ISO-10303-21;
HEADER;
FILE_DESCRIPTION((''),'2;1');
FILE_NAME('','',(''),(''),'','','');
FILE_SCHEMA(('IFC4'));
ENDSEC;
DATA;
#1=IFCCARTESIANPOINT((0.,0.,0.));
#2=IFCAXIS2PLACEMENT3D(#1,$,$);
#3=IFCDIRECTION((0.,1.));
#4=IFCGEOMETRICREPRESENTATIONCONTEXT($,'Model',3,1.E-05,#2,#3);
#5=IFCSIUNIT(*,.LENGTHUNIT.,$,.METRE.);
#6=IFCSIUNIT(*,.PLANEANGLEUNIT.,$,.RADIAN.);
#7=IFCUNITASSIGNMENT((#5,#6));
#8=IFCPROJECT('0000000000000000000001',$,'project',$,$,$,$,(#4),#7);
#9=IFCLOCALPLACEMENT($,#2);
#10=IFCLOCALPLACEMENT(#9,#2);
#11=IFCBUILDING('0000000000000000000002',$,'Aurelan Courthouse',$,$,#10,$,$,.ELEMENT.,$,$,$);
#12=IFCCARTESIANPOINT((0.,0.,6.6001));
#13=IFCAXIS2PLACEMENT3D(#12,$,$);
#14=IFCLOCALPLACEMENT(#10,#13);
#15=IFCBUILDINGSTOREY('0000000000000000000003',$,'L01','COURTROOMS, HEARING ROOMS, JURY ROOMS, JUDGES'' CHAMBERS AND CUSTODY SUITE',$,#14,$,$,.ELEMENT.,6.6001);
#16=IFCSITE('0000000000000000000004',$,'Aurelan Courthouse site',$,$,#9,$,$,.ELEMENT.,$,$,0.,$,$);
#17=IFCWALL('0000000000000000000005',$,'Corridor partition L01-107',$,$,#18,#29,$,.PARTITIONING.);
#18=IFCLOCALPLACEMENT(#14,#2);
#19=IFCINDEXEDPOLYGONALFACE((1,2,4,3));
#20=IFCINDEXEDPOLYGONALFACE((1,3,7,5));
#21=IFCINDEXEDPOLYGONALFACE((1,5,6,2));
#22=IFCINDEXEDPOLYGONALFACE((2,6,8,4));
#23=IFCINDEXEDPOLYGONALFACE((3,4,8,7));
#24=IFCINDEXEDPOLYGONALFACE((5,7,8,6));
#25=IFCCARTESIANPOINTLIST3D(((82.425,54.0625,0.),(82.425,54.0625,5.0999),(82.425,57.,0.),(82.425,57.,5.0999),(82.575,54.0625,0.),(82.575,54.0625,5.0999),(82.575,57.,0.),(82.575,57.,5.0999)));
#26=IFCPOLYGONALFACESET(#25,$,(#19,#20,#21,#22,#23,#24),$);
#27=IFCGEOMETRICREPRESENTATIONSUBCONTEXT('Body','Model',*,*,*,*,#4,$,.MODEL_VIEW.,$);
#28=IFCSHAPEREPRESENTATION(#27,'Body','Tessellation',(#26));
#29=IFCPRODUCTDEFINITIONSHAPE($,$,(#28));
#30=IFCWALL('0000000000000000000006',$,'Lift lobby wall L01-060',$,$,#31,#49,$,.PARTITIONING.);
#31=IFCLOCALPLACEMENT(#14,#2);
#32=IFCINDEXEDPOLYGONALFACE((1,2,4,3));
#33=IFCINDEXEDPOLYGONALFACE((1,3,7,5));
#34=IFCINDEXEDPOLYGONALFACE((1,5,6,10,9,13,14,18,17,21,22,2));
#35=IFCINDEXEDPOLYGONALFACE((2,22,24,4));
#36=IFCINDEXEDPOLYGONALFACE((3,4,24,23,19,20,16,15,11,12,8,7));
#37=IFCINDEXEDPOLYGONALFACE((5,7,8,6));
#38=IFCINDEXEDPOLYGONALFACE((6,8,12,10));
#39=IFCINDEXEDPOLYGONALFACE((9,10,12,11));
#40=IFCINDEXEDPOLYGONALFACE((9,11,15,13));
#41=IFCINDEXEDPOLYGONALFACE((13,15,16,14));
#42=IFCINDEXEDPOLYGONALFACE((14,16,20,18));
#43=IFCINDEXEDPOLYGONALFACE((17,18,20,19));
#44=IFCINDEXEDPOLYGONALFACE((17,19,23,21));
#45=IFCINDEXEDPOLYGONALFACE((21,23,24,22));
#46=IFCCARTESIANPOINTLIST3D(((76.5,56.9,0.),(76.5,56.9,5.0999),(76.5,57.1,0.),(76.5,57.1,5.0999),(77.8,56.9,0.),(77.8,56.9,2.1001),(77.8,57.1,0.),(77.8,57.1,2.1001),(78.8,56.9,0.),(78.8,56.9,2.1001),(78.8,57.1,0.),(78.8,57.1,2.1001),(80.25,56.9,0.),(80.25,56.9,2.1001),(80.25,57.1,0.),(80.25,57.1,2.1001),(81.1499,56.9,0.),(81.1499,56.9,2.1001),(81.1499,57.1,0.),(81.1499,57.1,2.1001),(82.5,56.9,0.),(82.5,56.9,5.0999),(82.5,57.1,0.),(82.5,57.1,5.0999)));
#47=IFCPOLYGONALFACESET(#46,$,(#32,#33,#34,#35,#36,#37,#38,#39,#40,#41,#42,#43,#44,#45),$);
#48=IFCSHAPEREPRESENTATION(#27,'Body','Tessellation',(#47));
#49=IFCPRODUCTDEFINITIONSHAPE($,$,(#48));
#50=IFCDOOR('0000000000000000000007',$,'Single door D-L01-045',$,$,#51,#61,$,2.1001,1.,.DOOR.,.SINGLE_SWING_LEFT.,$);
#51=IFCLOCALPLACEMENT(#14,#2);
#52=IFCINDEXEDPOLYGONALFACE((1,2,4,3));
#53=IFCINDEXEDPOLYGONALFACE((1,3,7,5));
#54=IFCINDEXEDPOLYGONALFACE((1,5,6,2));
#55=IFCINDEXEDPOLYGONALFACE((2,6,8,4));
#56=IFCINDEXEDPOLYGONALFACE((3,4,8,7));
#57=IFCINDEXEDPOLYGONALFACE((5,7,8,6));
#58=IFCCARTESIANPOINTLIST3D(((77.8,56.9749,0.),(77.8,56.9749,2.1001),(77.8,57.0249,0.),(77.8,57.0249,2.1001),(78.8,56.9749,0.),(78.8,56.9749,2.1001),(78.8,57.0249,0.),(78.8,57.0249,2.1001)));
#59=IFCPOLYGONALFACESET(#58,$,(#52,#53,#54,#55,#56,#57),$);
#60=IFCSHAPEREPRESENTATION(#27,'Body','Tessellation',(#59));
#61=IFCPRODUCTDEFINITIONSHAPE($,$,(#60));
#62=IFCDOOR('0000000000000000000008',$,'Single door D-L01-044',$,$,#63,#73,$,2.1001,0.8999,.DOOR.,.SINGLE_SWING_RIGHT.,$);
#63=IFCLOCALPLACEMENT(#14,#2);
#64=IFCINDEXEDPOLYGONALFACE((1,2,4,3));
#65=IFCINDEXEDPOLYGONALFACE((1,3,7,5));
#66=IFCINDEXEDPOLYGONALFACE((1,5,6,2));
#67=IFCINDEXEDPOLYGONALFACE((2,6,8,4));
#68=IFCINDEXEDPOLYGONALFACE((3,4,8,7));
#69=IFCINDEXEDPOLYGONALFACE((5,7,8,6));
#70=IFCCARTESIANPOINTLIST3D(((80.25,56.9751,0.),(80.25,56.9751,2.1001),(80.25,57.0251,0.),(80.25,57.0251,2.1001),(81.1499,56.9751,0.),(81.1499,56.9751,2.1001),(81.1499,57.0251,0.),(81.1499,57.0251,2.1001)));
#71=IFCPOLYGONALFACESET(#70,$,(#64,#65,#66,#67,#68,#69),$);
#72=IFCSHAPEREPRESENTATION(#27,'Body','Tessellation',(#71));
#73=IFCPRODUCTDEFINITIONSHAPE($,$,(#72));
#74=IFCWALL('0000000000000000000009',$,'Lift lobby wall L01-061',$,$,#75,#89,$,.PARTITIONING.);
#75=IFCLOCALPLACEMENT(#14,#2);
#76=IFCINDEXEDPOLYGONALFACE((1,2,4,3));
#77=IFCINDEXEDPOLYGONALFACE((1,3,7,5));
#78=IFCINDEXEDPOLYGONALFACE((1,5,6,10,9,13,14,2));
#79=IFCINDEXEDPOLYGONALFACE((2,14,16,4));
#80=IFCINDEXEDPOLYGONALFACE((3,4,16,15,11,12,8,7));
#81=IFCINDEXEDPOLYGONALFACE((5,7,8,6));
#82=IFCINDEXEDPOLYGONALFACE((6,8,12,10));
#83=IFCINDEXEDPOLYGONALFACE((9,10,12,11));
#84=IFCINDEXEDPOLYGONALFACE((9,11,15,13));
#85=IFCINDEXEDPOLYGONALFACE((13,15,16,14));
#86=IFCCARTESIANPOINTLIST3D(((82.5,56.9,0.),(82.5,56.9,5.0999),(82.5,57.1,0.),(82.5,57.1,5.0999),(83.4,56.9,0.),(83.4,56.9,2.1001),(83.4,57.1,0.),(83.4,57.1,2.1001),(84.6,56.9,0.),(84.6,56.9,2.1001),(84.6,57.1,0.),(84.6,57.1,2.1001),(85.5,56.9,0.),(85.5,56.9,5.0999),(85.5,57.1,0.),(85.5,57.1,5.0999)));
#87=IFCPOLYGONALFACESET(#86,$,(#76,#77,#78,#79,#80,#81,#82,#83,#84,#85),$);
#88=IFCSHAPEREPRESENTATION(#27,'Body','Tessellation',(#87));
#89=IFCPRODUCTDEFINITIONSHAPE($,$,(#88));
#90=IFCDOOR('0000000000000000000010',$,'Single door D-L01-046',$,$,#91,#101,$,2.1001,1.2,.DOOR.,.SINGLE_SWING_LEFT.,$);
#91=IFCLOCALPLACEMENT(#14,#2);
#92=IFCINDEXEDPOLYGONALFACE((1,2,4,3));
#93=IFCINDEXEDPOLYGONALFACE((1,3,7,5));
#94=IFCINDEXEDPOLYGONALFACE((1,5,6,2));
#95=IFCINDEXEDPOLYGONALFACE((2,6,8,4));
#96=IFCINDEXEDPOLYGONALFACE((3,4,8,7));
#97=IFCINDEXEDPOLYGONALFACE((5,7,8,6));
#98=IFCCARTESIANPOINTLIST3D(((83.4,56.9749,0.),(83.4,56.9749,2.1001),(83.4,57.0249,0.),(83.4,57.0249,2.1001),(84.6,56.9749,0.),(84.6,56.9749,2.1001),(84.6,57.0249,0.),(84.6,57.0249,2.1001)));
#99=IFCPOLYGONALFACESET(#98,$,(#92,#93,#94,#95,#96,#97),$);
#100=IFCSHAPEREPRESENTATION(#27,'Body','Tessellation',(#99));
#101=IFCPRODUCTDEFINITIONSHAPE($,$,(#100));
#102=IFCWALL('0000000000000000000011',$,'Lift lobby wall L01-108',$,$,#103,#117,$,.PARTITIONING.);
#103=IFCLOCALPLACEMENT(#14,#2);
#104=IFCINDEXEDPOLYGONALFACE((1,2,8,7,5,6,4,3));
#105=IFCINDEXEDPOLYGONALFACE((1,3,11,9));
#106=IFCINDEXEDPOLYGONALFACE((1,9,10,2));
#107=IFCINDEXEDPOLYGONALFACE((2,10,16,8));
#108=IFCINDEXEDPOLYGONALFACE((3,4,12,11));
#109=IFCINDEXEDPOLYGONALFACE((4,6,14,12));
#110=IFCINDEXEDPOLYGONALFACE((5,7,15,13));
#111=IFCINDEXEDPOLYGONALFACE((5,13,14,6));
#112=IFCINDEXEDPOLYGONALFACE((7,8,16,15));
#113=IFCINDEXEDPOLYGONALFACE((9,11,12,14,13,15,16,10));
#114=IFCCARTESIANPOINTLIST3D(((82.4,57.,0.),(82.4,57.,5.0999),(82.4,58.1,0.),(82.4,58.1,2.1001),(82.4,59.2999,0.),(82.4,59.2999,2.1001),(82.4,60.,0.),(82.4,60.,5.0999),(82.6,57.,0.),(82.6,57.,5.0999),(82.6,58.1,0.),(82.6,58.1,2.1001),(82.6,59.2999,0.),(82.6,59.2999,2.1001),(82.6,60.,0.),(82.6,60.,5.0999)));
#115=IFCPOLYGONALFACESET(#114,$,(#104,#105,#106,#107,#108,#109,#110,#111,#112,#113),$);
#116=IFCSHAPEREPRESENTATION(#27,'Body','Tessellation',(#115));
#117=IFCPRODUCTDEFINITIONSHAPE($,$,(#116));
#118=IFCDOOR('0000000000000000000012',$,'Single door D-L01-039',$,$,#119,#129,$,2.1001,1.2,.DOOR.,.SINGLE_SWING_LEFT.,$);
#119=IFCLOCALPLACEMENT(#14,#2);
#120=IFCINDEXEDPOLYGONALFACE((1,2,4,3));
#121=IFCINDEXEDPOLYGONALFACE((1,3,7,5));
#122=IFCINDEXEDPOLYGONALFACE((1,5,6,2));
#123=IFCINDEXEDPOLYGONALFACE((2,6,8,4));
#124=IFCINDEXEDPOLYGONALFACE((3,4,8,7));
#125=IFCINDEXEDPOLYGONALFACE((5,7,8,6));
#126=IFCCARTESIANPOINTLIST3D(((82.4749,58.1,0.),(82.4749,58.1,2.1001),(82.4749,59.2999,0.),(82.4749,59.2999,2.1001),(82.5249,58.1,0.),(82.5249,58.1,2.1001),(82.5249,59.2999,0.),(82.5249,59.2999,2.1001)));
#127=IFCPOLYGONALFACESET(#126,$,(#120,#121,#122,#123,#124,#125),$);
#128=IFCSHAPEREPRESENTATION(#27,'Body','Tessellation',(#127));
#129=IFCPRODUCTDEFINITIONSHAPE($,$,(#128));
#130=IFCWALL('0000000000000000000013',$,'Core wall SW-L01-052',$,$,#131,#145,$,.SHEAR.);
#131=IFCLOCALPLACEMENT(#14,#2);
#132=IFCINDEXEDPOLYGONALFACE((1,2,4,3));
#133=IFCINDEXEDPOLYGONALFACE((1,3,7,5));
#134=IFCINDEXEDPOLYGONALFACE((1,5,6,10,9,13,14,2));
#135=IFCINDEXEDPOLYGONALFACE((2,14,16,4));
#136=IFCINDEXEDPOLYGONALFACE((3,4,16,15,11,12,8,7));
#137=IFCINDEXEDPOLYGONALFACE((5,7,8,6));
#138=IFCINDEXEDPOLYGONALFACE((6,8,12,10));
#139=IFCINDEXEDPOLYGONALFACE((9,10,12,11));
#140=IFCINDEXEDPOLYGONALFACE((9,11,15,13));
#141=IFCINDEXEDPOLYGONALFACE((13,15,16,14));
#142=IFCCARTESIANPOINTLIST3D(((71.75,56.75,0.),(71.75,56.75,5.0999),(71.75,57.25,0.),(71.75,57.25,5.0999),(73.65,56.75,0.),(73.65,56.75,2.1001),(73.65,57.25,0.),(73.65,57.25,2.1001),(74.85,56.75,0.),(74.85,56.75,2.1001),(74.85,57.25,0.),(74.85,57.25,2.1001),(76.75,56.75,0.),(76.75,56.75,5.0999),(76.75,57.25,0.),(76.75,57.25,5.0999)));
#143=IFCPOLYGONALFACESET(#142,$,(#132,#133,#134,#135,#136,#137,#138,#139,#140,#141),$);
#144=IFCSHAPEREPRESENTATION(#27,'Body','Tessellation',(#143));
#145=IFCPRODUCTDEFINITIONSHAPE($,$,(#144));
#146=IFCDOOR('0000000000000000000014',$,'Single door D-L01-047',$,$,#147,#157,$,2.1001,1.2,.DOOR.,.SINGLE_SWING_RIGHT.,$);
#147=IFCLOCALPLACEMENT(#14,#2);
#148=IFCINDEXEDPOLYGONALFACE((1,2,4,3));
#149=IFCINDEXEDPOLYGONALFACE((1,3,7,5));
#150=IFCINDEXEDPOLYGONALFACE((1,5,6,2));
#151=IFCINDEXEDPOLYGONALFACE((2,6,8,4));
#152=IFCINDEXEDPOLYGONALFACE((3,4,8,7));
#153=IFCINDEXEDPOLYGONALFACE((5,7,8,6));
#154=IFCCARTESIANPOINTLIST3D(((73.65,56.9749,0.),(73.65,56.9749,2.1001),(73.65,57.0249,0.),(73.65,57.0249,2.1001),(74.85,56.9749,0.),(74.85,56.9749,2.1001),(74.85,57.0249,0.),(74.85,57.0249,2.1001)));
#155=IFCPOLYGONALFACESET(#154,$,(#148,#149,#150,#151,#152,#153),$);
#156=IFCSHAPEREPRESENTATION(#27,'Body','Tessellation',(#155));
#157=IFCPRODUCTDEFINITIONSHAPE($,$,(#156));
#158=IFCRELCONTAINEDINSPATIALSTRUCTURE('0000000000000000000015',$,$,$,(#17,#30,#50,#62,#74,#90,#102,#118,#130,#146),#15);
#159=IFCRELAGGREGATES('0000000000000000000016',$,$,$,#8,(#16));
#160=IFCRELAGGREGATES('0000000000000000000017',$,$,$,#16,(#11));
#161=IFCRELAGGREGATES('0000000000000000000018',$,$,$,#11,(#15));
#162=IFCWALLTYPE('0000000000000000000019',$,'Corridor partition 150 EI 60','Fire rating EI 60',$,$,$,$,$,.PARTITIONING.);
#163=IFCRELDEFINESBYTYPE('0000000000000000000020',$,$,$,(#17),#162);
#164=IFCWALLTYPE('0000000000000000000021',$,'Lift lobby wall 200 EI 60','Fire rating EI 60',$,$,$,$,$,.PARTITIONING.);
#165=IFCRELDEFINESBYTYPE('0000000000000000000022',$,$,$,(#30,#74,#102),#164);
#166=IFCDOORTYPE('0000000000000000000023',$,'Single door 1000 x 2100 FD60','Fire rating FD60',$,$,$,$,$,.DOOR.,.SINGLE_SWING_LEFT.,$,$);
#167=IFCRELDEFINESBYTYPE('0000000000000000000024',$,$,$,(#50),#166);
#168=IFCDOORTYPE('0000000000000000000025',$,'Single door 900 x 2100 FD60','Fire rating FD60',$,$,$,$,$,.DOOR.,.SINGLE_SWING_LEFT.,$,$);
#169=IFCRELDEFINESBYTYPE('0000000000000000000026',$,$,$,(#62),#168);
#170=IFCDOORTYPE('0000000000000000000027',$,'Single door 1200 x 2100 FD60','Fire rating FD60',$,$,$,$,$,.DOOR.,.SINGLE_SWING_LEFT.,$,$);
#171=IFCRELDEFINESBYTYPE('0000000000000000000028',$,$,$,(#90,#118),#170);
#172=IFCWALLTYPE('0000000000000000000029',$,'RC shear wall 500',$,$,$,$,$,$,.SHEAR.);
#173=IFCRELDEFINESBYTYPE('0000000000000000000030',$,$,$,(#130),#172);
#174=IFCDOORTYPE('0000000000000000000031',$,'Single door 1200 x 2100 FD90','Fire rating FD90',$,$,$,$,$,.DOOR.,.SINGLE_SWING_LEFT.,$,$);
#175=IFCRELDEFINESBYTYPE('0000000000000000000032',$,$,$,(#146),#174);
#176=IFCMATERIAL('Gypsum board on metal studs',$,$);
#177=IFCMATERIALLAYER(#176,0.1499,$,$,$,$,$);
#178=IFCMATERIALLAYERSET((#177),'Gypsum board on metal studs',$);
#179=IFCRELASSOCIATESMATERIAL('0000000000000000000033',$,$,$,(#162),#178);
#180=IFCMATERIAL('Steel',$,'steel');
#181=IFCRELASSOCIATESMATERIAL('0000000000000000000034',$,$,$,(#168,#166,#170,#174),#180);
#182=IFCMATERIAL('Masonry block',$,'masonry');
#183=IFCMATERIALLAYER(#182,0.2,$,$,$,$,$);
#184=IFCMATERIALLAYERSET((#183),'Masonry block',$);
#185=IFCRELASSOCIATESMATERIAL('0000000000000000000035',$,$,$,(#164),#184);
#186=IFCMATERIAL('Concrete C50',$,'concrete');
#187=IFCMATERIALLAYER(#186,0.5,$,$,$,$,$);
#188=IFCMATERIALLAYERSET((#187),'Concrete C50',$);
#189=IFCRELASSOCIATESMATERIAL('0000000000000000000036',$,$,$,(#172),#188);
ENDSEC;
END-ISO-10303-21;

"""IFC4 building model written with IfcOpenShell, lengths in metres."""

from ifc_helpers import new_model, si_unit, direction, frame, frame_2d, origin, place, context, subcontext, project, spatial, rectangle, extrude, material, layer, layer_set, type_object, element, fill, save


model = new_model("IFC4")

# Units and contexts
model_context = context("Model", 3, precision=1e-05, world=origin(), true_north=direction((0.0, 1.0)))
body_context = subcontext(model_context, "Body", "Model", "MODEL_VIEW")
ifc_project = project(units=[si_unit("LENGTHUNIT", "METRE"), si_unit("PLANEANGLEUNIT", "RADIAN")], contexts=[model_context])

# Site, building, storey
site_placement = place(None, origin())
site = spatial("IfcSite", under=ifc_project, at=site_placement, Name="Aurelan Courthouse site", CompositionType="ELEMENT", RefElevation=0.0)
building_placement = place(site_placement, origin())
building = spatial("IfcBuilding", under=site, at=building_placement, Name="Aurelan Courthouse", CompositionType="ELEMENT")
storey_placement = place(building_placement, frame((0.0, 0.0, 6.6001)))
storey = spatial("IfcBuildingStorey", under=building, at=storey_placement, Name="L01", Description="COURTROOMS, HEARING ROOMS, JURY ROOMS, JUDGES' CHAMBERS AND CUSTODY SUITE", CompositionType="ELEMENT", Elevation=6.6001)

# Shared definitions
ifc_material_1 = material(Name="Concrete C50", Category="concrete")

# Shared definitions
ifc_material_2 = material(Name="Gypsum board on metal studs")
ifc_layer_1 = layer(ifc_material_2, 0.1499)
ifc_layer_set_1 = layer_set([ifc_layer_1], Name="Gypsum board on metal studs")
wall_type_1 = type_object("IfcWallType", Name="Corridor partition 150 EI 60", Description="Fire rating EI 60", PredefinedType="PARTITIONING", material=ifc_layer_set_1)
ifc_material_3 = material(Name="Steel", Category="steel")
door_type_1 = type_object("IfcDoorType", Name="Single door 900 x 2100 FD60", Description="Fire rating FD60", OperationType="SINGLE_SWING_LEFT", PredefinedType="DOOR", material=ifc_material_3)

# Wall
wall_1_placement = place(storey_placement, frame((82.5, 54.0625, 0.0), z_axis=(0.0, 0.0, 1.0), x_axis=(0.0, 1.0, 0.0)))
element("IfcWall", 1, at=wall_1_placement, inside=storey, type_object=wall_type_1, Name="Corridor partition L01-107", PredefinedType="PARTITIONING", context=body_context, shape_type="SweptSolid", body=[
    extrude(rectangle(XDim=2.9375, YDim=0.1499, at=frame_2d((1.4688, 0.0))), origin(), (0.0, 0.0, 1.0), 5.0999),
])

# Wall, openings, doors
ifc_material_4 = material(Name="Masonry block", Category="masonry")
ifc_layer_2 = layer(ifc_material_4, 0.2)
ifc_layer_set_2 = layer_set([ifc_layer_2], Name="Masonry block")
wall_type_2 = type_object("IfcWallType", Name="Lift lobby wall 200 EI 60", Description="Fire rating EI 60", PredefinedType="PARTITIONING", material=ifc_layer_set_2)
wall_2_placement = place(storey_placement, frame((76.5, 57.0, 0.0), z_axis=(0.0, 0.0, 1.0), x_axis=(1.0, 0.0, 0.0)))
wall_2 = element("IfcWall", 2, at=wall_2_placement, inside=storey, type_object=wall_type_2, Name="Lift lobby wall L01-060", PredefinedType="PARTITIONING", context=body_context, shape_type="SweptSolid", body=[
    extrude(rectangle(XDim=6.0, YDim=0.2, at=frame_2d((3.0, 0.0))), origin(), (0.0, 0.0, 1.0), 5.0999),
])
opening_1_placement = place(wall_2_placement, frame((4.6499, 0.0, 0.0), z_axis=(0.0, 0.0, 1.0), x_axis=(-1.0, 0.0, 0.0)))
opening_1 = element("IfcOpeningElement", 3, at=opening_1_placement, cuts=wall_2, PredefinedType="OPENING", context=body_context, shape_type="SweptSolid", body=[
    extrude(rectangle(XDim=0.8999, YDim=2.1001, at=frame_2d((0.45, 1.05))), frame((0.0, 0.1099, 0.0), z_axis=(0.0, -1.0, 0.0), x_axis=(1.0, 0.0, 0.0)), (0.0, 0.0, 1.0), 0.22),
])
opening_2_placement = place(wall_2_placement, frame((1.3, 0.0, 0.0)))
opening_2 = element("IfcOpeningElement", 4, at=opening_2_placement, cuts=wall_2, PredefinedType="OPENING", context=body_context, shape_type="SweptSolid", body=[
    extrude(rectangle(XDim=1.0, YDim=2.1001, at=frame_2d((0.5, 1.05))), frame((0.0, 0.1099, 0.0), z_axis=(0.0, -1.0, 0.0), x_axis=(1.0, 0.0, 0.0)), (0.0, 0.0, 1.0), 0.22),
])
door_type_2 = type_object("IfcDoorType", Name="Single door 1000 x 2100 FD60", Description="Fire rating FD60", OperationType="SINGLE_SWING_LEFT", PredefinedType="DOOR", material=ifc_material_3)
door_1_placement = place(opening_2_placement, origin())
door_1 = element("IfcDoor", 5, at=door_1_placement, inside=storey, type_object=door_type_2, Name="Single door D-L01-045", OperationType="SINGLE_SWING_LEFT", OverallHeight=2.1001, OverallWidth=1.0, PredefinedType="DOOR", context=body_context, shape_type="SweptSolid", body=[
    extrude(rectangle(XDim=1.0, YDim=2.1001, at=frame_2d((0.5, 1.05))), frame((0.0, 0.0249, 0.0), z_axis=(0.0, -1.0, 0.0), x_axis=(1.0, 0.0, 0.0)), (0.0, 0.0, 1.0), 0.05),
])
fill(opening_2, door_1)
door_2_placement = place(opening_1_placement, origin())
door_2 = element("IfcDoor", 6, at=door_2_placement, inside=storey, type_object=door_type_1, Name="Single door D-L01-044", OperationType="SINGLE_SWING_RIGHT", OverallHeight=2.1001, OverallWidth=0.8999, PredefinedType="DOOR", context=body_context, shape_type="SweptSolid", body=[
    extrude(rectangle(XDim=0.8999, YDim=2.1001, at=frame_2d((0.45, 1.05))), frame((0.0, 0.0249, 0.0), z_axis=(0.0, -1.0, 0.0), x_axis=(1.0, 0.0, 0.0)), (0.0, 0.0, 1.0), 0.05),
])
fill(opening_1, door_2)

# Walls, openings, doors
wall_3_placement = place(storey_placement, frame((82.5, 57.0, 0.0), z_axis=(0.0, 0.0, 1.0), x_axis=(1.0, 0.0, 0.0)))
wall_3 = element("IfcWall", 7, at=wall_3_placement, inside=storey, type_object=wall_type_2, Name="Lift lobby wall L01-061", PredefinedType="PARTITIONING", context=body_context, shape_type="SweptSolid", body=[
    extrude(rectangle(XDim=3.0, YDim=0.2, at=frame_2d((1.5, 0.0))), origin(), (0.0, 0.0, 1.0), 5.0999),
])
opening_3_placement = place(wall_3_placement, frame((0.8999, 0.0, 0.0)))
opening_3 = element("IfcOpeningElement", 8, at=opening_3_placement, cuts=wall_3, PredefinedType="OPENING", context=body_context, shape_type="SweptSolid", body=[
    extrude(rectangle(XDim=1.2, YDim=2.1001, at=frame_2d((0.6001, 1.05))), frame((0.0, 0.1099, 0.0), z_axis=(0.0, -1.0, 0.0), x_axis=(1.0, 0.0, 0.0)), (0.0, 0.0, 1.0), 0.22),
])
door_type_3 = type_object("IfcDoorType", Name="Single door 1200 x 2100 FD60", Description="Fire rating FD60", OperationType="SINGLE_SWING_LEFT", PredefinedType="DOOR", material=ifc_material_3)
door_3_placement = place(opening_3_placement, origin())
door_3 = element("IfcDoor", 9, at=door_3_placement, inside=storey, type_object=door_type_3, Name="Single door D-L01-046", OperationType="SINGLE_SWING_LEFT", OverallHeight=2.1001, OverallWidth=1.2, PredefinedType="DOOR", context=body_context, shape_type="SweptSolid", body=[
    extrude(rectangle(XDim=1.2, YDim=2.1001, at=frame_2d((0.6001, 1.05))), frame((0.0, 0.0249, 0.0), z_axis=(0.0, -1.0, 0.0), x_axis=(1.0, 0.0, 0.0)), (0.0, 0.0, 1.0), 0.05),
])
fill(opening_3, door_3)
wall_4_placement = place(storey_placement, frame((82.5, 57.0, 0.0), z_axis=(0.0, 0.0, 1.0), x_axis=(0.0, 1.0, 0.0)))
wall_4 = element("IfcWall", 10, at=wall_4_placement, inside=storey, type_object=wall_type_2, Name="Lift lobby wall L01-108", PredefinedType="PARTITIONING", context=body_context, shape_type="SweptSolid", body=[
    extrude(rectangle(XDim=3.0, YDim=0.2, at=frame_2d((1.5, 0.0))), origin(), (0.0, 0.0, 1.0), 5.0999),
])
opening_4_placement = place(wall_4_placement, frame((2.3, 0.0, 0.0), z_axis=(0.0, 0.0, 1.0), x_axis=(-1.0, 0.0, 0.0)))
opening_4 = element("IfcOpeningElement", 11, at=opening_4_placement, cuts=wall_4, PredefinedType="OPENING", context=body_context, shape_type="SweptSolid", body=[
    extrude(rectangle(XDim=1.2, YDim=2.1001, at=frame_2d((0.6001, 1.05))), frame((0.0, 0.1099, 0.0), z_axis=(0.0, -1.0, 0.0), x_axis=(1.0, 0.0, 0.0)), (0.0, 0.0, 1.0), 0.22),
])
door_4_placement = place(opening_4_placement, origin())
door_4 = element("IfcDoor", 12, at=door_4_placement, inside=storey, type_object=door_type_3, Name="Single door D-L01-039", OperationType="SINGLE_SWING_LEFT", OverallHeight=2.1001, OverallWidth=1.2, PredefinedType="DOOR", context=body_context, shape_type="SweptSolid", body=[
    extrude(rectangle(XDim=1.2, YDim=2.1001, at=frame_2d((0.6001, 1.05))), frame((0.0, 0.0249, 0.0), z_axis=(0.0, -1.0, 0.0), x_axis=(1.0, 0.0, 0.0)), (0.0, 0.0, 1.0), 0.05),
])
fill(opening_4, door_4)
ifc_layer_3 = layer(ifc_material_1, 0.5)
ifc_layer_set_3 = layer_set([ifc_layer_3], Name="Concrete C50")
wall_type_3 = type_object("IfcWallType", Name="RC shear wall 500", PredefinedType="SHEAR", material=ifc_layer_set_3)
wall_5_placement = place(storey_placement, frame((71.75, 57.0, 0.0), z_axis=(0.0, 0.0, 1.0), x_axis=(1.0, 0.0, 0.0)))
wall_5 = element("IfcWall", 13, at=wall_5_placement, inside=storey, type_object=wall_type_3, Name="Core wall SW-L01-052", PredefinedType="SHEAR", context=body_context, shape_type="SweptSolid", body=[
    extrude(rectangle(XDim=5.0, YDim=0.5, at=frame_2d((2.5, 0.0))), origin(), (0.0, 0.0, 1.0), 5.0999),
])
opening_5_placement = place(wall_5_placement, frame((1.8999, 0.0, 0.0)))
opening_5 = element("IfcOpeningElement", 14, at=opening_5_placement, cuts=wall_5, PredefinedType="OPENING", context=body_context, shape_type="SweptSolid", body=[
    extrude(rectangle(XDim=1.2, YDim=2.1001, at=frame_2d((0.6001, 1.05))), frame((0.0, 0.26, 0.0), z_axis=(0.0, -1.0, 0.0), x_axis=(1.0, 0.0, 0.0)), (0.0, 0.0, 1.0), 0.52),
])
door_type_4 = type_object("IfcDoorType", Name="Single door 1200 x 2100 FD90", Description="Fire rating FD90", OperationType="SINGLE_SWING_LEFT", PredefinedType="DOOR", material=ifc_material_3)
door_5_placement = place(opening_5_placement, origin())
door_5 = element("IfcDoor", 15, at=door_5_placement, inside=storey, type_object=door_type_4, Name="Single door D-L01-047", OperationType="SINGLE_SWING_RIGHT", OverallHeight=2.1001, OverallWidth=1.2, PredefinedType="DOOR", context=body_context, shape_type="SweptSolid", body=[
    extrude(rectangle(XDim=1.2, YDim=2.1001, at=frame_2d((0.6001, 1.05))), frame((0.0, 0.0249, 0.0), z_axis=(0.0, -1.0, 0.0), x_axis=(1.0, 0.0, 0.0)), (0.0, 0.0, 1.0), 0.05),
])
fill(opening_5, door_5)

save(model, "model.ifc")
